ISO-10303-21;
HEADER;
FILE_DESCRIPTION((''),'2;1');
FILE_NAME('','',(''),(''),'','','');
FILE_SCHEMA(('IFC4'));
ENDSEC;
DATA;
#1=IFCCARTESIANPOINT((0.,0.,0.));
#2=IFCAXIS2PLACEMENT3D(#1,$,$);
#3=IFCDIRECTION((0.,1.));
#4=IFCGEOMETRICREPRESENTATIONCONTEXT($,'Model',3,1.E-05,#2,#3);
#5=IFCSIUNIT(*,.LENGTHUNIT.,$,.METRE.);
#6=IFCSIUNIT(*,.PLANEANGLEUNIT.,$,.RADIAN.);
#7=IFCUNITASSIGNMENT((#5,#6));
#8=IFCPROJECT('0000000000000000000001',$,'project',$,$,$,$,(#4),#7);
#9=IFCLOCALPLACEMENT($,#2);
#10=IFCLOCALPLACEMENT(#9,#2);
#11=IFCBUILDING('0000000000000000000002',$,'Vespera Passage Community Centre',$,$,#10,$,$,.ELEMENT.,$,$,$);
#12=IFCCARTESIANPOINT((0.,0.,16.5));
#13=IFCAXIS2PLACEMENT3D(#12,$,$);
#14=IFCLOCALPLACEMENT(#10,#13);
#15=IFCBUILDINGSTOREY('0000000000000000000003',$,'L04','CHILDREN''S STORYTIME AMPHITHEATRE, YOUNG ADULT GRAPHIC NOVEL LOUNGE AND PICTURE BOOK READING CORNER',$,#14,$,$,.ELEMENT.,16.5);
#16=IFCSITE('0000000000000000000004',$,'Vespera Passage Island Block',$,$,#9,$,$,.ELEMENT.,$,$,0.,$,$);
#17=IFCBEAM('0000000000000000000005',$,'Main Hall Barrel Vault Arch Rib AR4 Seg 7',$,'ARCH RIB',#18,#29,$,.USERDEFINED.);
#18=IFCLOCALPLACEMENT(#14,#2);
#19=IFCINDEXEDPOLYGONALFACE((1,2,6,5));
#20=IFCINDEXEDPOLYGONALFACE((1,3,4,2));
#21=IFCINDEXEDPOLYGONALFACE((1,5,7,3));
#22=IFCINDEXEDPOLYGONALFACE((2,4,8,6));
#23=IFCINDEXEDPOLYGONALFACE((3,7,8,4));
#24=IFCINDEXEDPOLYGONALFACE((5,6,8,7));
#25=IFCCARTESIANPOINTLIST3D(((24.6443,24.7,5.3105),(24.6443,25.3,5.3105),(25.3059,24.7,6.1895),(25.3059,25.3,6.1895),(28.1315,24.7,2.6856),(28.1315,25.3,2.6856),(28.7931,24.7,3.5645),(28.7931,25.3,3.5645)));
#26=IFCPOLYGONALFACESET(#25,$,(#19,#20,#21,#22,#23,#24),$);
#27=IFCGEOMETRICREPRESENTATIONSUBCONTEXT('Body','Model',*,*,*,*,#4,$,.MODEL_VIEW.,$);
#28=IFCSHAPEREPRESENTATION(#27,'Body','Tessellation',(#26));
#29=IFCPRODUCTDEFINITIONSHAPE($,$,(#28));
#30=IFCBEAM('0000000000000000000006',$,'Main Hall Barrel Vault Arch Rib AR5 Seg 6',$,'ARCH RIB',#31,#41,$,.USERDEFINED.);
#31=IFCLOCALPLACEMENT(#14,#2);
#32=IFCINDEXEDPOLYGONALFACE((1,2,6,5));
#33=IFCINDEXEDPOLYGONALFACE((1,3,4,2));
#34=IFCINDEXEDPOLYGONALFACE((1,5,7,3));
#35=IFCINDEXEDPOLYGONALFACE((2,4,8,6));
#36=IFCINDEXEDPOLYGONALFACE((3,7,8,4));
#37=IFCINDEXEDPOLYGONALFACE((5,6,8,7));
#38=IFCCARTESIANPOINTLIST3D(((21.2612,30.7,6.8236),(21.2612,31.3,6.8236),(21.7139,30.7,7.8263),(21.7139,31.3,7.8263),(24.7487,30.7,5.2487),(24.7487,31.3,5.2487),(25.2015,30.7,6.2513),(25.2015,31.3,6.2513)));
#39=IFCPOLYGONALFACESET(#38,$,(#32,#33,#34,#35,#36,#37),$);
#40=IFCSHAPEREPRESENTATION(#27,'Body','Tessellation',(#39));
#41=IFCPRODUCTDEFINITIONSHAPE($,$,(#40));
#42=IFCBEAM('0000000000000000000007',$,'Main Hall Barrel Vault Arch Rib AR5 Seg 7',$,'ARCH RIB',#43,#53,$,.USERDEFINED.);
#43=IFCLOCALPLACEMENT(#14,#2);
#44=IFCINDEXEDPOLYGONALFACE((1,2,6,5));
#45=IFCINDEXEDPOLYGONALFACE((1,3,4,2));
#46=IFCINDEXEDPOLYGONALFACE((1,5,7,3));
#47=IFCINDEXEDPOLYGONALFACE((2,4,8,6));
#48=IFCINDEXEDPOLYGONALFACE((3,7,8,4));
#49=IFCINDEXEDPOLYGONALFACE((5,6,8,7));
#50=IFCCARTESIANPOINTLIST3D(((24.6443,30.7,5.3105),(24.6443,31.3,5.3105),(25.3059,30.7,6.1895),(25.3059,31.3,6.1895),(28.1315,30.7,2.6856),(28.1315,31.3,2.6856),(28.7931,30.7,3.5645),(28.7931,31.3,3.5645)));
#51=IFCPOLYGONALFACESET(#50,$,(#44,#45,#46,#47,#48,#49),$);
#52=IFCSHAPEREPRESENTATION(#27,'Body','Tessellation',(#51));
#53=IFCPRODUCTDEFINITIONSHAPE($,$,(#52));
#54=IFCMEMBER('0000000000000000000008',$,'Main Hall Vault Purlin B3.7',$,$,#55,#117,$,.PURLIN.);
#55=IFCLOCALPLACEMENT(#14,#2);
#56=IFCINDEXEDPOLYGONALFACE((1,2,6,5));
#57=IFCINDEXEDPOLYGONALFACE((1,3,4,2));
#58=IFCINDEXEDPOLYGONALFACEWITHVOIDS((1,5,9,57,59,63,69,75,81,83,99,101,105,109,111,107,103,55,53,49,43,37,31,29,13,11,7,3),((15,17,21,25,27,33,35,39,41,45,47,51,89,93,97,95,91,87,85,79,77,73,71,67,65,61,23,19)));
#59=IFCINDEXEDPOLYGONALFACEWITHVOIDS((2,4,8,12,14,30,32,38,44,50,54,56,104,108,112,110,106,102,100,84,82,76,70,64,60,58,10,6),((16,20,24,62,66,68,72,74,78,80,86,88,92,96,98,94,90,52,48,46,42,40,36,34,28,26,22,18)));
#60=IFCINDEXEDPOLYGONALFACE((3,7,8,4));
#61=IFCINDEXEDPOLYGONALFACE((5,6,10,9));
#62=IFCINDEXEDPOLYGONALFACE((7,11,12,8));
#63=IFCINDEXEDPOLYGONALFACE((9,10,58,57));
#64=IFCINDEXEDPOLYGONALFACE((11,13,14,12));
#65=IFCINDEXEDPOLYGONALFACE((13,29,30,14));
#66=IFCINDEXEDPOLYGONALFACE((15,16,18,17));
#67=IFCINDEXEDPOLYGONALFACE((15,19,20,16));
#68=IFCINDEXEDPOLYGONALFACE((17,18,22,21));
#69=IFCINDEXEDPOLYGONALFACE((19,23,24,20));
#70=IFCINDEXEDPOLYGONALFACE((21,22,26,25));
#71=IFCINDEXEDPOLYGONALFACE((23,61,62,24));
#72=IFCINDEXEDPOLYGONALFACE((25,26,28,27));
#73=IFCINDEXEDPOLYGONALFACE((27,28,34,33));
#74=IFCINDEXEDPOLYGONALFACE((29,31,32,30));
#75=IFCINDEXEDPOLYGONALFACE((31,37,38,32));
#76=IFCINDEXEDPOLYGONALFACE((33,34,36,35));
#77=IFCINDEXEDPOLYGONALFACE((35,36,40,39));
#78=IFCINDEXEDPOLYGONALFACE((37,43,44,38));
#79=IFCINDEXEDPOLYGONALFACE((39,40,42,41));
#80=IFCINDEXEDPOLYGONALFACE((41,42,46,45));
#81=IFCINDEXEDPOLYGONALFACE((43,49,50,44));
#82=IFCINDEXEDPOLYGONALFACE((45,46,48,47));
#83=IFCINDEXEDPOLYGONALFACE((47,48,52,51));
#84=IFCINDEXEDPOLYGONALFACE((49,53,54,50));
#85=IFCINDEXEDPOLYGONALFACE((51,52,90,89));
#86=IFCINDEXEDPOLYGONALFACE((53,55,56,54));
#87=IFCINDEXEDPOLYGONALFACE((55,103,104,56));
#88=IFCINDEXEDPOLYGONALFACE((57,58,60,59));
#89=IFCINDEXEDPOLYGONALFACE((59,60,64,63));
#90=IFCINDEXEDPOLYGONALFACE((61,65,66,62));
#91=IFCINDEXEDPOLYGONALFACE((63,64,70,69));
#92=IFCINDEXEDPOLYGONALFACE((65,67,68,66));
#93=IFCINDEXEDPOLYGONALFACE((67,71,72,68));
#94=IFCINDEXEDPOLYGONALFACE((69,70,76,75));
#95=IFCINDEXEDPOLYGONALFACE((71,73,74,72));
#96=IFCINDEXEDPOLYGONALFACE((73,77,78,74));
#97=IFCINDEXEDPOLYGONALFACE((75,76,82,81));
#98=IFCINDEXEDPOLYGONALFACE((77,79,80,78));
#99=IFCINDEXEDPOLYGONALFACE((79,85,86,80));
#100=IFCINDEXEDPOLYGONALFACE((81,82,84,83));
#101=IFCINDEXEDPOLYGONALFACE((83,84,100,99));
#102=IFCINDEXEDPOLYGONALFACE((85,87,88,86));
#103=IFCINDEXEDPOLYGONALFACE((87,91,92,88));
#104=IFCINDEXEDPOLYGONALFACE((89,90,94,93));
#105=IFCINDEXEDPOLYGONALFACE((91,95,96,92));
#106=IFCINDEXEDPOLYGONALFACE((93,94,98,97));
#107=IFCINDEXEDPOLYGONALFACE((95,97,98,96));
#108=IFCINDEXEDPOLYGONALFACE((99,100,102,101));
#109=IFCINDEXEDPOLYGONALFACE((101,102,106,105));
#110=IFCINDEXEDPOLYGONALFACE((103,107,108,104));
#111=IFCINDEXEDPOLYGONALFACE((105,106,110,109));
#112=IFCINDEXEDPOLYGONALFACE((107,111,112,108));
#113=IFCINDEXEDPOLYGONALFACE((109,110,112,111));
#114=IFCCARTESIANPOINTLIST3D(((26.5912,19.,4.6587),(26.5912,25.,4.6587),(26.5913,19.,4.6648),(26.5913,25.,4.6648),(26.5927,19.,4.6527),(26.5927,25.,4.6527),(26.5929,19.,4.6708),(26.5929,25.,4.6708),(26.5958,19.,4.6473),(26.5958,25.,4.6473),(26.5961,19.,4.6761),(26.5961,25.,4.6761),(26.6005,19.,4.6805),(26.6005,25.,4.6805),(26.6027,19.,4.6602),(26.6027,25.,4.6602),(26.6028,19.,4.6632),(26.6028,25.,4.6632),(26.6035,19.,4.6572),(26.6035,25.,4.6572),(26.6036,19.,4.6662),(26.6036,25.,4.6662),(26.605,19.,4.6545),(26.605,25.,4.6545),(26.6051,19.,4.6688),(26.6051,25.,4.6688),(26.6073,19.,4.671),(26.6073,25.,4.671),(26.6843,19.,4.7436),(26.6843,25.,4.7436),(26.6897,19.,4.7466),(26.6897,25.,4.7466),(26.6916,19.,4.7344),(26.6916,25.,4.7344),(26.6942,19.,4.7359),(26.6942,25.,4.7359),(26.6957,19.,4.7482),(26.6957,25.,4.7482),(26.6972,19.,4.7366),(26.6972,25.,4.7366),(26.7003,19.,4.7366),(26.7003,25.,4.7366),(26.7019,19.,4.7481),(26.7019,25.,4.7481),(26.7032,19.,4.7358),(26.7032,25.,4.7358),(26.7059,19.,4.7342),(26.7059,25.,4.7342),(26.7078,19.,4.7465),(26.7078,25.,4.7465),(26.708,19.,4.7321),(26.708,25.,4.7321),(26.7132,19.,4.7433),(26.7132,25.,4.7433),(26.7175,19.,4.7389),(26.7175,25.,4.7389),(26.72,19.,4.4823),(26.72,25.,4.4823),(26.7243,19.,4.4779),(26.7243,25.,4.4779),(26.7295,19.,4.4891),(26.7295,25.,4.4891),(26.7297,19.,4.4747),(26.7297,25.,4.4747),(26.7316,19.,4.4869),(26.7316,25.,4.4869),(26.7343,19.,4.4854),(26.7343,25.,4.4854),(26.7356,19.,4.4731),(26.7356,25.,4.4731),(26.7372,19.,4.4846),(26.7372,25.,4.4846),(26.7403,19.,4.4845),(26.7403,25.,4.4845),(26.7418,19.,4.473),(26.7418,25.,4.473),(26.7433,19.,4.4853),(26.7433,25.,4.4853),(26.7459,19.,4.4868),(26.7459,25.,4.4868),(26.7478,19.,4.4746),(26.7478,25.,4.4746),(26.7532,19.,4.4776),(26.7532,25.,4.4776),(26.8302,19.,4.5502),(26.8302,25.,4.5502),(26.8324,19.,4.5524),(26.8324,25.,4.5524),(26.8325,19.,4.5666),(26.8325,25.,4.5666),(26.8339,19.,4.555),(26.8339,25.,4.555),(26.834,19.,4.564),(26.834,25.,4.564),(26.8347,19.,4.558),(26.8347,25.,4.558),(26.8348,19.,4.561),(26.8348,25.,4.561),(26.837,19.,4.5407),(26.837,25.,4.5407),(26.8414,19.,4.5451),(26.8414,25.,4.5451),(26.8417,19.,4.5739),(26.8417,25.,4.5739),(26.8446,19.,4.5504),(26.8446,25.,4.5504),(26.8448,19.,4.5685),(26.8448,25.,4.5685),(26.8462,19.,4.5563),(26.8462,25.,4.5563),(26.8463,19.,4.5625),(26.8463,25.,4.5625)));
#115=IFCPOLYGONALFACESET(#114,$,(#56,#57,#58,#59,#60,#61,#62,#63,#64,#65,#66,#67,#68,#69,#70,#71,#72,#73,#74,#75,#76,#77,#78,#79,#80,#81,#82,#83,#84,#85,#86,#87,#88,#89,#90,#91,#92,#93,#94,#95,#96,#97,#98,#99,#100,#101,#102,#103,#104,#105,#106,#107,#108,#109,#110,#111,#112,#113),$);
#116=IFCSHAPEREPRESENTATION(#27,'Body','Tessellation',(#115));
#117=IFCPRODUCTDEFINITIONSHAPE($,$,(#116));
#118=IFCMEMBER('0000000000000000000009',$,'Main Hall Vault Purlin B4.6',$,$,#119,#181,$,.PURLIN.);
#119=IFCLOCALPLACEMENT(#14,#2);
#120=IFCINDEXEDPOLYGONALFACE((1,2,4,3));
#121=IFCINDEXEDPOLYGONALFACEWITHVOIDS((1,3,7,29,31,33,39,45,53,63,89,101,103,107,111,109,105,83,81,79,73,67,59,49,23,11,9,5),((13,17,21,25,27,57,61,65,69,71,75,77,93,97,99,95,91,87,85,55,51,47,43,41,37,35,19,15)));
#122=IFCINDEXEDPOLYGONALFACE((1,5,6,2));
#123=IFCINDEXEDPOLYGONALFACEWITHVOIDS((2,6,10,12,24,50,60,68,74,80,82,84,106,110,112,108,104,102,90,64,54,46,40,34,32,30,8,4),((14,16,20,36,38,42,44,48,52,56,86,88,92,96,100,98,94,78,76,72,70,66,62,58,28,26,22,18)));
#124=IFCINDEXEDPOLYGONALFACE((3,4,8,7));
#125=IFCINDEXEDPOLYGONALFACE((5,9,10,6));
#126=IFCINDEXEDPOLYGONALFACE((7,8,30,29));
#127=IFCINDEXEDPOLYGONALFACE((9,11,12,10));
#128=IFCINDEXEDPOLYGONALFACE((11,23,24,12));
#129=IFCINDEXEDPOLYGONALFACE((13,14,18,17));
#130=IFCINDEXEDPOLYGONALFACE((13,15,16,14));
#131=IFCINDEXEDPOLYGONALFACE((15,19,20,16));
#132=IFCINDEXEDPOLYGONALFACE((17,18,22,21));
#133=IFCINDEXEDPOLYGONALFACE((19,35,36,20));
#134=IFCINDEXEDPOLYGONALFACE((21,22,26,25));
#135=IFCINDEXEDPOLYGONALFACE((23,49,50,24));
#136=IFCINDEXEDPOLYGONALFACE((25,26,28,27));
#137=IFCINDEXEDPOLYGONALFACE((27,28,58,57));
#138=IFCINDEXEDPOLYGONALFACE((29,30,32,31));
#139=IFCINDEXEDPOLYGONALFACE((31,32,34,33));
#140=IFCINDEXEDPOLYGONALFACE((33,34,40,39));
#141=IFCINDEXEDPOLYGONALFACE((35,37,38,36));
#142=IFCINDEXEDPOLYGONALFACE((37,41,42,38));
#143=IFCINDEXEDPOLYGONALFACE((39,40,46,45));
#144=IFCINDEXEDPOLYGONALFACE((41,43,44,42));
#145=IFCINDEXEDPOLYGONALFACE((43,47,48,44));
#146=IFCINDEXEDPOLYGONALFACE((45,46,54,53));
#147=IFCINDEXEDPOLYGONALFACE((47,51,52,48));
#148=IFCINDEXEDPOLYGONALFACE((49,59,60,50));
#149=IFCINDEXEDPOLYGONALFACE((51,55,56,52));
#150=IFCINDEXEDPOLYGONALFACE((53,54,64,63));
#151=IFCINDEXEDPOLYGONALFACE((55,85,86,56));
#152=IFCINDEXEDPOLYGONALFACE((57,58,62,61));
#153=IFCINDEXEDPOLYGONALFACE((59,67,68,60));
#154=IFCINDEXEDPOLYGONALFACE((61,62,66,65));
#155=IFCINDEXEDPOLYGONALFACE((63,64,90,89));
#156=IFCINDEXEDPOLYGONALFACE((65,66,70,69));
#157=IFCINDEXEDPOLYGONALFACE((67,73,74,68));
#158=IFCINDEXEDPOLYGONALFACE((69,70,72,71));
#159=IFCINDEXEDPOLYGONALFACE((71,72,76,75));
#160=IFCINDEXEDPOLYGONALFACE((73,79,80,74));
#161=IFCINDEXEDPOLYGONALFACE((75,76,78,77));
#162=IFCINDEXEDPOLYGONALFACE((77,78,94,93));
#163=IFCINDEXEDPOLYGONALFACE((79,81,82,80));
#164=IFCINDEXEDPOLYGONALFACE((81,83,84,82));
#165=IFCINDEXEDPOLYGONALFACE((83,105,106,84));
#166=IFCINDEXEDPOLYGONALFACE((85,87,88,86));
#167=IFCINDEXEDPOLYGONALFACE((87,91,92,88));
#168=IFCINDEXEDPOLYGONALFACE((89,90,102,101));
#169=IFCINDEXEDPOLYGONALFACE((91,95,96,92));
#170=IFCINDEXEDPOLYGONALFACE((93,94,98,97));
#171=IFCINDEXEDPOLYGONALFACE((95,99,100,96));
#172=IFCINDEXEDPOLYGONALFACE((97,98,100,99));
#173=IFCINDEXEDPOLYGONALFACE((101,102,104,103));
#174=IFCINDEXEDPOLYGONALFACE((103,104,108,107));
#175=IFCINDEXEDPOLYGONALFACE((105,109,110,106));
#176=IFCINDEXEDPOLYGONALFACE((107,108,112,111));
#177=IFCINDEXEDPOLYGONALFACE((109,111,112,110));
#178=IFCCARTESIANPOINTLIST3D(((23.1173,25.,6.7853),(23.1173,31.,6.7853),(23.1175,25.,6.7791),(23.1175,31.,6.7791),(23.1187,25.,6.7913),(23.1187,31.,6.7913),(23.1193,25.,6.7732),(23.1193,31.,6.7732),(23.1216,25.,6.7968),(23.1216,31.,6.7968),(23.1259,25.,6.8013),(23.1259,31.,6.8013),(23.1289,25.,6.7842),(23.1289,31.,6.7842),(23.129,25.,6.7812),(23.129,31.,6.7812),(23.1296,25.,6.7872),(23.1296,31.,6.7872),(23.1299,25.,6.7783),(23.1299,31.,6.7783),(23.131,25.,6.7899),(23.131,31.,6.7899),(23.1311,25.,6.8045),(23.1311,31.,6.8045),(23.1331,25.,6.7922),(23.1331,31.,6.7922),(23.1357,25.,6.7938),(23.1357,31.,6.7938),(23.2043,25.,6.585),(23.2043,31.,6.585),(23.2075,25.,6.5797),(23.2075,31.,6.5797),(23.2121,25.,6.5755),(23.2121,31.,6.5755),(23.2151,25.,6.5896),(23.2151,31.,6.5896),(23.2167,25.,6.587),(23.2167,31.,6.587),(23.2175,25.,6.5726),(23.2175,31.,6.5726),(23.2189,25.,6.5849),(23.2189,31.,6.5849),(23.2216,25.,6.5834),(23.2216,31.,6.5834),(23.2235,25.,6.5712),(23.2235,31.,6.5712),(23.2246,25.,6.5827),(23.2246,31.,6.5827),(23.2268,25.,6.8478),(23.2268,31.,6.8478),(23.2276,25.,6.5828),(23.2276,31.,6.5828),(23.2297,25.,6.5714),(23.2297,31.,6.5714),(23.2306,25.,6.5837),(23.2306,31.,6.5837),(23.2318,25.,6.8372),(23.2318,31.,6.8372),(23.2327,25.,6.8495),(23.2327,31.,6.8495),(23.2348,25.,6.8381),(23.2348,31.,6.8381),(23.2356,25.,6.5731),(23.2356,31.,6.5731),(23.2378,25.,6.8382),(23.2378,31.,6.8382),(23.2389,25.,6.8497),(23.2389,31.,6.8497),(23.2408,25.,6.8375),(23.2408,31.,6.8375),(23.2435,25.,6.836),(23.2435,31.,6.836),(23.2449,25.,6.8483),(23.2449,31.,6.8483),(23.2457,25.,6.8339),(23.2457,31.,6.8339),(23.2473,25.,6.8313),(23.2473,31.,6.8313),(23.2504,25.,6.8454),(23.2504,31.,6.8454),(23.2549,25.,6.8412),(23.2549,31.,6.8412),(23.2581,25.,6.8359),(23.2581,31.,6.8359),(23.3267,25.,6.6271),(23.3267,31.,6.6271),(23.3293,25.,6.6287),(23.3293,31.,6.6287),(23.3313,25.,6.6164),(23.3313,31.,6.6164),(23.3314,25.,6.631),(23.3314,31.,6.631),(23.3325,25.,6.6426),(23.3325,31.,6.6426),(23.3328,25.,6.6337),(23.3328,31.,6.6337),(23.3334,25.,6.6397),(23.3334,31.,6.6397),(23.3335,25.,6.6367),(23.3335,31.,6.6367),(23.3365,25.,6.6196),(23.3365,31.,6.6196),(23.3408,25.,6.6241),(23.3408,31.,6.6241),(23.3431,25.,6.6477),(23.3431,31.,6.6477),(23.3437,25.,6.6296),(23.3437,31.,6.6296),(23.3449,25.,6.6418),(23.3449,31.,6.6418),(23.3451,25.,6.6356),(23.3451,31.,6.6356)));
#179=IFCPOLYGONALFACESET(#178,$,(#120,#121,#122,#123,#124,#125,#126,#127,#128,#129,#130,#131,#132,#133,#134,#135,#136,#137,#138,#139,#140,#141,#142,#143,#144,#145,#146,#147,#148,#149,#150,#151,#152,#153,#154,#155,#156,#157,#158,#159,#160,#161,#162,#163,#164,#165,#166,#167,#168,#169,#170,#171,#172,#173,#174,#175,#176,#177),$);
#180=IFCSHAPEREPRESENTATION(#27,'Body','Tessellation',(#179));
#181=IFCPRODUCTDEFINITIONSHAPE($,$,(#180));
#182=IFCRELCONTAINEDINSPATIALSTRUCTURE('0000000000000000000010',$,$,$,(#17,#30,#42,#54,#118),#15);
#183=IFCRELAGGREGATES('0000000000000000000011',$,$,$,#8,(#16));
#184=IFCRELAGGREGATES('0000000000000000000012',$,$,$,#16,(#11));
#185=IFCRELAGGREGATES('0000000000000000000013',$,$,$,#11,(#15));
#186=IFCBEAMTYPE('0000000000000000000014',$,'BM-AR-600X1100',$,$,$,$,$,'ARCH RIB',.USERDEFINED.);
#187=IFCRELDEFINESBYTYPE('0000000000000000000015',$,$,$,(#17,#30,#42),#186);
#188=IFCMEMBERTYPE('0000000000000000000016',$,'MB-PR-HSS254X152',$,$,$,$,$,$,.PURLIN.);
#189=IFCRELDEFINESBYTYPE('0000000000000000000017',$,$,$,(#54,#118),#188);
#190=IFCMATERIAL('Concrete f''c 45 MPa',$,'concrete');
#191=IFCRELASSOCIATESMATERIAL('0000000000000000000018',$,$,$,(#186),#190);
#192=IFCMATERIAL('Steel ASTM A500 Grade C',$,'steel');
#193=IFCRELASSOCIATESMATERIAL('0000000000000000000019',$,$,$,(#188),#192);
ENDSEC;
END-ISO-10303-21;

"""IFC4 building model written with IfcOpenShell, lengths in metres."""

from ifc_helpers import new_model, si_unit, direction, frame, origin, origin_2d, place, context, subcontext, project, spatial, rectangle, hollow_rectangle, extrude, material, material_profile, profile_set, type_object, element, save


model = new_model("IFC4")

# Units and contexts
model_context = context("Model", 3, precision=1e-05, world=origin(), true_north=direction((0.0, 1.0)))
body_context = subcontext(model_context, "Body", "Model", "MODEL_VIEW")
ifc_project = project(units=[si_unit("LENGTHUNIT", "METRE"), si_unit("PLANEANGLEUNIT", "RADIAN")], contexts=[model_context])

# Site, building, storey
site_placement = place(None, origin())
site = spatial("IfcSite", under=ifc_project, at=site_placement, Name="Vespera Passage Island Block", CompositionType="ELEMENT", RefElevation=0.0)
building_placement = place(site_placement, origin())
building = spatial("IfcBuilding", under=site, at=building_placement, Name="Vespera Passage Community Centre", CompositionType="ELEMENT")
storey_placement = place(building_placement, frame((0.0, 0.0, 16.5)))
storey = spatial("IfcBuildingStorey", under=building, at=storey_placement, Name="L04", Description="CHILDREN'S STORYTIME AMPHITHEATRE, YOUNG ADULT GRAPHIC NOVEL LOUNGE AND PICTURE BOOK READING CORNER", CompositionType="ELEMENT", Elevation=16.5)

# Beams
ifc_material_1 = material(Name="Concrete f'c 45 MPa", Category="concrete")
ifc_material_profile_1 = material_profile(ifc_material_1, rectangle(XDim=0.6001, YDim=1.1001, at=origin_2d()), Name="RC600X1100")
ifc_profile_set_1 = profile_set([ifc_material_profile_1], Name="Concrete f'c 45 MPa")
beam_type = type_object("IfcBeamType", Name="BM-AR-600X1100", ElementType="ARCH RIB", PredefinedType="USERDEFINED", material=ifc_profile_set_1)
beam_1_placement = place(storey_placement, frame((24.9751, 25.0, 5.75), z_axis=(0.798952, 0.0, -0.601395), x_axis=(0.0, 1.0, 0.0)))
element("IfcBeam", 1, at=beam_1_placement, inside=storey, type_object=beam_type, Name="Main Hall Barrel Vault Arch Rib AR4 Seg 7", ObjectType="ARCH RIB", PredefinedType="USERDEFINED", context=body_context, shape_type="SweptSolid", body=[
    extrude(rectangle(XDim=0.6001, YDim=1.1001, at=origin_2d()), origin(), (0.0, 0.0, 1.0), 4.3647),
])
beam_2_placement = place(storey_placement, frame((21.4875, 31.0, 7.325), z_axis=(0.911378, 0.0, -0.411571), x_axis=(0.0, 1.0, 0.0)))
element("IfcBeam", 2, at=beam_2_placement, inside=storey, type_object=beam_type, Name="Main Hall Barrel Vault Arch Rib AR5 Seg 6", ObjectType="ARCH RIB", PredefinedType="USERDEFINED", context=body_context, shape_type="SweptSolid", body=[
    extrude(rectangle(XDim=0.6001, YDim=1.1001, at=origin_2d()), origin(), (0.0, 0.0, 1.0), 3.8267),
])
beam_3_placement = place(storey_placement, frame((24.9751, 31.0, 5.75), z_axis=(0.798952, 0.0, -0.601395), x_axis=(0.0, 1.0, 0.0)))
element("IfcBeam", 3, at=beam_3_placement, inside=storey, type_object=beam_type, Name="Main Hall Barrel Vault Arch Rib AR5 Seg 7", ObjectType="ARCH RIB", PredefinedType="USERDEFINED", context=body_context, shape_type="SweptSolid", body=[
    extrude(rectangle(XDim=0.6001, YDim=1.1001, at=origin_2d()), origin(), (0.0, 0.0, 1.0), 4.3647),
])

# Members
ifc_material_2 = material(Name="Steel ASTM A500 Grade C", Category="steel")
ifc_material_profile_2 = material_profile(ifc_material_2, hollow_rectangle(XDim=0.1523, YDim=0.2539, WallThickness=0.0117, InnerFilletRadius=0.0117, OuterFilletRadius=0.0237, at=origin_2d()), Name="HSS254X152X12.7")
ifc_profile_set_2 = profile_set([ifc_material_profile_2], Name="Steel ASTM A500 Grade C")
member_type_1 = type_object("IfcMemberType", Name="MB-PR-HSS254X152", PredefinedType="PURLIN", material=ifc_profile_set_2)
for number, where, z_axis, x_axis, name in (
    (4, (26.7188, 19.0, 4.6106), (0.0, 1.0, 0.0), (-0.798972, 0.0, -0.601369), "Main Hall Vault Purlin B3.7"),
    (5, (23.2312, 25.0, 6.7104), (0.0, 1.0, 0.0), (-0.911367, 0.0, -0.411594), "Main Hall Vault Purlin B4.6"),
):
    element("IfcMember", number, at=place(storey_placement, frame(where, z_axis=z_axis, x_axis=x_axis)), inside=storey, type_object=member_type_1, Name=name, PredefinedType="PURLIN", context=body_context, shape_type="SweptSolid", body=[
        extrude(hollow_rectangle(XDim=0.1523, YDim=0.2539, WallThickness=0.0117, InnerFilletRadius=0.0117, OuterFilletRadius=0.0237, at=origin_2d()), origin(), (0.0, 0.0, 1.0), 6.0),
    ])

save(model, "model.ifc")
